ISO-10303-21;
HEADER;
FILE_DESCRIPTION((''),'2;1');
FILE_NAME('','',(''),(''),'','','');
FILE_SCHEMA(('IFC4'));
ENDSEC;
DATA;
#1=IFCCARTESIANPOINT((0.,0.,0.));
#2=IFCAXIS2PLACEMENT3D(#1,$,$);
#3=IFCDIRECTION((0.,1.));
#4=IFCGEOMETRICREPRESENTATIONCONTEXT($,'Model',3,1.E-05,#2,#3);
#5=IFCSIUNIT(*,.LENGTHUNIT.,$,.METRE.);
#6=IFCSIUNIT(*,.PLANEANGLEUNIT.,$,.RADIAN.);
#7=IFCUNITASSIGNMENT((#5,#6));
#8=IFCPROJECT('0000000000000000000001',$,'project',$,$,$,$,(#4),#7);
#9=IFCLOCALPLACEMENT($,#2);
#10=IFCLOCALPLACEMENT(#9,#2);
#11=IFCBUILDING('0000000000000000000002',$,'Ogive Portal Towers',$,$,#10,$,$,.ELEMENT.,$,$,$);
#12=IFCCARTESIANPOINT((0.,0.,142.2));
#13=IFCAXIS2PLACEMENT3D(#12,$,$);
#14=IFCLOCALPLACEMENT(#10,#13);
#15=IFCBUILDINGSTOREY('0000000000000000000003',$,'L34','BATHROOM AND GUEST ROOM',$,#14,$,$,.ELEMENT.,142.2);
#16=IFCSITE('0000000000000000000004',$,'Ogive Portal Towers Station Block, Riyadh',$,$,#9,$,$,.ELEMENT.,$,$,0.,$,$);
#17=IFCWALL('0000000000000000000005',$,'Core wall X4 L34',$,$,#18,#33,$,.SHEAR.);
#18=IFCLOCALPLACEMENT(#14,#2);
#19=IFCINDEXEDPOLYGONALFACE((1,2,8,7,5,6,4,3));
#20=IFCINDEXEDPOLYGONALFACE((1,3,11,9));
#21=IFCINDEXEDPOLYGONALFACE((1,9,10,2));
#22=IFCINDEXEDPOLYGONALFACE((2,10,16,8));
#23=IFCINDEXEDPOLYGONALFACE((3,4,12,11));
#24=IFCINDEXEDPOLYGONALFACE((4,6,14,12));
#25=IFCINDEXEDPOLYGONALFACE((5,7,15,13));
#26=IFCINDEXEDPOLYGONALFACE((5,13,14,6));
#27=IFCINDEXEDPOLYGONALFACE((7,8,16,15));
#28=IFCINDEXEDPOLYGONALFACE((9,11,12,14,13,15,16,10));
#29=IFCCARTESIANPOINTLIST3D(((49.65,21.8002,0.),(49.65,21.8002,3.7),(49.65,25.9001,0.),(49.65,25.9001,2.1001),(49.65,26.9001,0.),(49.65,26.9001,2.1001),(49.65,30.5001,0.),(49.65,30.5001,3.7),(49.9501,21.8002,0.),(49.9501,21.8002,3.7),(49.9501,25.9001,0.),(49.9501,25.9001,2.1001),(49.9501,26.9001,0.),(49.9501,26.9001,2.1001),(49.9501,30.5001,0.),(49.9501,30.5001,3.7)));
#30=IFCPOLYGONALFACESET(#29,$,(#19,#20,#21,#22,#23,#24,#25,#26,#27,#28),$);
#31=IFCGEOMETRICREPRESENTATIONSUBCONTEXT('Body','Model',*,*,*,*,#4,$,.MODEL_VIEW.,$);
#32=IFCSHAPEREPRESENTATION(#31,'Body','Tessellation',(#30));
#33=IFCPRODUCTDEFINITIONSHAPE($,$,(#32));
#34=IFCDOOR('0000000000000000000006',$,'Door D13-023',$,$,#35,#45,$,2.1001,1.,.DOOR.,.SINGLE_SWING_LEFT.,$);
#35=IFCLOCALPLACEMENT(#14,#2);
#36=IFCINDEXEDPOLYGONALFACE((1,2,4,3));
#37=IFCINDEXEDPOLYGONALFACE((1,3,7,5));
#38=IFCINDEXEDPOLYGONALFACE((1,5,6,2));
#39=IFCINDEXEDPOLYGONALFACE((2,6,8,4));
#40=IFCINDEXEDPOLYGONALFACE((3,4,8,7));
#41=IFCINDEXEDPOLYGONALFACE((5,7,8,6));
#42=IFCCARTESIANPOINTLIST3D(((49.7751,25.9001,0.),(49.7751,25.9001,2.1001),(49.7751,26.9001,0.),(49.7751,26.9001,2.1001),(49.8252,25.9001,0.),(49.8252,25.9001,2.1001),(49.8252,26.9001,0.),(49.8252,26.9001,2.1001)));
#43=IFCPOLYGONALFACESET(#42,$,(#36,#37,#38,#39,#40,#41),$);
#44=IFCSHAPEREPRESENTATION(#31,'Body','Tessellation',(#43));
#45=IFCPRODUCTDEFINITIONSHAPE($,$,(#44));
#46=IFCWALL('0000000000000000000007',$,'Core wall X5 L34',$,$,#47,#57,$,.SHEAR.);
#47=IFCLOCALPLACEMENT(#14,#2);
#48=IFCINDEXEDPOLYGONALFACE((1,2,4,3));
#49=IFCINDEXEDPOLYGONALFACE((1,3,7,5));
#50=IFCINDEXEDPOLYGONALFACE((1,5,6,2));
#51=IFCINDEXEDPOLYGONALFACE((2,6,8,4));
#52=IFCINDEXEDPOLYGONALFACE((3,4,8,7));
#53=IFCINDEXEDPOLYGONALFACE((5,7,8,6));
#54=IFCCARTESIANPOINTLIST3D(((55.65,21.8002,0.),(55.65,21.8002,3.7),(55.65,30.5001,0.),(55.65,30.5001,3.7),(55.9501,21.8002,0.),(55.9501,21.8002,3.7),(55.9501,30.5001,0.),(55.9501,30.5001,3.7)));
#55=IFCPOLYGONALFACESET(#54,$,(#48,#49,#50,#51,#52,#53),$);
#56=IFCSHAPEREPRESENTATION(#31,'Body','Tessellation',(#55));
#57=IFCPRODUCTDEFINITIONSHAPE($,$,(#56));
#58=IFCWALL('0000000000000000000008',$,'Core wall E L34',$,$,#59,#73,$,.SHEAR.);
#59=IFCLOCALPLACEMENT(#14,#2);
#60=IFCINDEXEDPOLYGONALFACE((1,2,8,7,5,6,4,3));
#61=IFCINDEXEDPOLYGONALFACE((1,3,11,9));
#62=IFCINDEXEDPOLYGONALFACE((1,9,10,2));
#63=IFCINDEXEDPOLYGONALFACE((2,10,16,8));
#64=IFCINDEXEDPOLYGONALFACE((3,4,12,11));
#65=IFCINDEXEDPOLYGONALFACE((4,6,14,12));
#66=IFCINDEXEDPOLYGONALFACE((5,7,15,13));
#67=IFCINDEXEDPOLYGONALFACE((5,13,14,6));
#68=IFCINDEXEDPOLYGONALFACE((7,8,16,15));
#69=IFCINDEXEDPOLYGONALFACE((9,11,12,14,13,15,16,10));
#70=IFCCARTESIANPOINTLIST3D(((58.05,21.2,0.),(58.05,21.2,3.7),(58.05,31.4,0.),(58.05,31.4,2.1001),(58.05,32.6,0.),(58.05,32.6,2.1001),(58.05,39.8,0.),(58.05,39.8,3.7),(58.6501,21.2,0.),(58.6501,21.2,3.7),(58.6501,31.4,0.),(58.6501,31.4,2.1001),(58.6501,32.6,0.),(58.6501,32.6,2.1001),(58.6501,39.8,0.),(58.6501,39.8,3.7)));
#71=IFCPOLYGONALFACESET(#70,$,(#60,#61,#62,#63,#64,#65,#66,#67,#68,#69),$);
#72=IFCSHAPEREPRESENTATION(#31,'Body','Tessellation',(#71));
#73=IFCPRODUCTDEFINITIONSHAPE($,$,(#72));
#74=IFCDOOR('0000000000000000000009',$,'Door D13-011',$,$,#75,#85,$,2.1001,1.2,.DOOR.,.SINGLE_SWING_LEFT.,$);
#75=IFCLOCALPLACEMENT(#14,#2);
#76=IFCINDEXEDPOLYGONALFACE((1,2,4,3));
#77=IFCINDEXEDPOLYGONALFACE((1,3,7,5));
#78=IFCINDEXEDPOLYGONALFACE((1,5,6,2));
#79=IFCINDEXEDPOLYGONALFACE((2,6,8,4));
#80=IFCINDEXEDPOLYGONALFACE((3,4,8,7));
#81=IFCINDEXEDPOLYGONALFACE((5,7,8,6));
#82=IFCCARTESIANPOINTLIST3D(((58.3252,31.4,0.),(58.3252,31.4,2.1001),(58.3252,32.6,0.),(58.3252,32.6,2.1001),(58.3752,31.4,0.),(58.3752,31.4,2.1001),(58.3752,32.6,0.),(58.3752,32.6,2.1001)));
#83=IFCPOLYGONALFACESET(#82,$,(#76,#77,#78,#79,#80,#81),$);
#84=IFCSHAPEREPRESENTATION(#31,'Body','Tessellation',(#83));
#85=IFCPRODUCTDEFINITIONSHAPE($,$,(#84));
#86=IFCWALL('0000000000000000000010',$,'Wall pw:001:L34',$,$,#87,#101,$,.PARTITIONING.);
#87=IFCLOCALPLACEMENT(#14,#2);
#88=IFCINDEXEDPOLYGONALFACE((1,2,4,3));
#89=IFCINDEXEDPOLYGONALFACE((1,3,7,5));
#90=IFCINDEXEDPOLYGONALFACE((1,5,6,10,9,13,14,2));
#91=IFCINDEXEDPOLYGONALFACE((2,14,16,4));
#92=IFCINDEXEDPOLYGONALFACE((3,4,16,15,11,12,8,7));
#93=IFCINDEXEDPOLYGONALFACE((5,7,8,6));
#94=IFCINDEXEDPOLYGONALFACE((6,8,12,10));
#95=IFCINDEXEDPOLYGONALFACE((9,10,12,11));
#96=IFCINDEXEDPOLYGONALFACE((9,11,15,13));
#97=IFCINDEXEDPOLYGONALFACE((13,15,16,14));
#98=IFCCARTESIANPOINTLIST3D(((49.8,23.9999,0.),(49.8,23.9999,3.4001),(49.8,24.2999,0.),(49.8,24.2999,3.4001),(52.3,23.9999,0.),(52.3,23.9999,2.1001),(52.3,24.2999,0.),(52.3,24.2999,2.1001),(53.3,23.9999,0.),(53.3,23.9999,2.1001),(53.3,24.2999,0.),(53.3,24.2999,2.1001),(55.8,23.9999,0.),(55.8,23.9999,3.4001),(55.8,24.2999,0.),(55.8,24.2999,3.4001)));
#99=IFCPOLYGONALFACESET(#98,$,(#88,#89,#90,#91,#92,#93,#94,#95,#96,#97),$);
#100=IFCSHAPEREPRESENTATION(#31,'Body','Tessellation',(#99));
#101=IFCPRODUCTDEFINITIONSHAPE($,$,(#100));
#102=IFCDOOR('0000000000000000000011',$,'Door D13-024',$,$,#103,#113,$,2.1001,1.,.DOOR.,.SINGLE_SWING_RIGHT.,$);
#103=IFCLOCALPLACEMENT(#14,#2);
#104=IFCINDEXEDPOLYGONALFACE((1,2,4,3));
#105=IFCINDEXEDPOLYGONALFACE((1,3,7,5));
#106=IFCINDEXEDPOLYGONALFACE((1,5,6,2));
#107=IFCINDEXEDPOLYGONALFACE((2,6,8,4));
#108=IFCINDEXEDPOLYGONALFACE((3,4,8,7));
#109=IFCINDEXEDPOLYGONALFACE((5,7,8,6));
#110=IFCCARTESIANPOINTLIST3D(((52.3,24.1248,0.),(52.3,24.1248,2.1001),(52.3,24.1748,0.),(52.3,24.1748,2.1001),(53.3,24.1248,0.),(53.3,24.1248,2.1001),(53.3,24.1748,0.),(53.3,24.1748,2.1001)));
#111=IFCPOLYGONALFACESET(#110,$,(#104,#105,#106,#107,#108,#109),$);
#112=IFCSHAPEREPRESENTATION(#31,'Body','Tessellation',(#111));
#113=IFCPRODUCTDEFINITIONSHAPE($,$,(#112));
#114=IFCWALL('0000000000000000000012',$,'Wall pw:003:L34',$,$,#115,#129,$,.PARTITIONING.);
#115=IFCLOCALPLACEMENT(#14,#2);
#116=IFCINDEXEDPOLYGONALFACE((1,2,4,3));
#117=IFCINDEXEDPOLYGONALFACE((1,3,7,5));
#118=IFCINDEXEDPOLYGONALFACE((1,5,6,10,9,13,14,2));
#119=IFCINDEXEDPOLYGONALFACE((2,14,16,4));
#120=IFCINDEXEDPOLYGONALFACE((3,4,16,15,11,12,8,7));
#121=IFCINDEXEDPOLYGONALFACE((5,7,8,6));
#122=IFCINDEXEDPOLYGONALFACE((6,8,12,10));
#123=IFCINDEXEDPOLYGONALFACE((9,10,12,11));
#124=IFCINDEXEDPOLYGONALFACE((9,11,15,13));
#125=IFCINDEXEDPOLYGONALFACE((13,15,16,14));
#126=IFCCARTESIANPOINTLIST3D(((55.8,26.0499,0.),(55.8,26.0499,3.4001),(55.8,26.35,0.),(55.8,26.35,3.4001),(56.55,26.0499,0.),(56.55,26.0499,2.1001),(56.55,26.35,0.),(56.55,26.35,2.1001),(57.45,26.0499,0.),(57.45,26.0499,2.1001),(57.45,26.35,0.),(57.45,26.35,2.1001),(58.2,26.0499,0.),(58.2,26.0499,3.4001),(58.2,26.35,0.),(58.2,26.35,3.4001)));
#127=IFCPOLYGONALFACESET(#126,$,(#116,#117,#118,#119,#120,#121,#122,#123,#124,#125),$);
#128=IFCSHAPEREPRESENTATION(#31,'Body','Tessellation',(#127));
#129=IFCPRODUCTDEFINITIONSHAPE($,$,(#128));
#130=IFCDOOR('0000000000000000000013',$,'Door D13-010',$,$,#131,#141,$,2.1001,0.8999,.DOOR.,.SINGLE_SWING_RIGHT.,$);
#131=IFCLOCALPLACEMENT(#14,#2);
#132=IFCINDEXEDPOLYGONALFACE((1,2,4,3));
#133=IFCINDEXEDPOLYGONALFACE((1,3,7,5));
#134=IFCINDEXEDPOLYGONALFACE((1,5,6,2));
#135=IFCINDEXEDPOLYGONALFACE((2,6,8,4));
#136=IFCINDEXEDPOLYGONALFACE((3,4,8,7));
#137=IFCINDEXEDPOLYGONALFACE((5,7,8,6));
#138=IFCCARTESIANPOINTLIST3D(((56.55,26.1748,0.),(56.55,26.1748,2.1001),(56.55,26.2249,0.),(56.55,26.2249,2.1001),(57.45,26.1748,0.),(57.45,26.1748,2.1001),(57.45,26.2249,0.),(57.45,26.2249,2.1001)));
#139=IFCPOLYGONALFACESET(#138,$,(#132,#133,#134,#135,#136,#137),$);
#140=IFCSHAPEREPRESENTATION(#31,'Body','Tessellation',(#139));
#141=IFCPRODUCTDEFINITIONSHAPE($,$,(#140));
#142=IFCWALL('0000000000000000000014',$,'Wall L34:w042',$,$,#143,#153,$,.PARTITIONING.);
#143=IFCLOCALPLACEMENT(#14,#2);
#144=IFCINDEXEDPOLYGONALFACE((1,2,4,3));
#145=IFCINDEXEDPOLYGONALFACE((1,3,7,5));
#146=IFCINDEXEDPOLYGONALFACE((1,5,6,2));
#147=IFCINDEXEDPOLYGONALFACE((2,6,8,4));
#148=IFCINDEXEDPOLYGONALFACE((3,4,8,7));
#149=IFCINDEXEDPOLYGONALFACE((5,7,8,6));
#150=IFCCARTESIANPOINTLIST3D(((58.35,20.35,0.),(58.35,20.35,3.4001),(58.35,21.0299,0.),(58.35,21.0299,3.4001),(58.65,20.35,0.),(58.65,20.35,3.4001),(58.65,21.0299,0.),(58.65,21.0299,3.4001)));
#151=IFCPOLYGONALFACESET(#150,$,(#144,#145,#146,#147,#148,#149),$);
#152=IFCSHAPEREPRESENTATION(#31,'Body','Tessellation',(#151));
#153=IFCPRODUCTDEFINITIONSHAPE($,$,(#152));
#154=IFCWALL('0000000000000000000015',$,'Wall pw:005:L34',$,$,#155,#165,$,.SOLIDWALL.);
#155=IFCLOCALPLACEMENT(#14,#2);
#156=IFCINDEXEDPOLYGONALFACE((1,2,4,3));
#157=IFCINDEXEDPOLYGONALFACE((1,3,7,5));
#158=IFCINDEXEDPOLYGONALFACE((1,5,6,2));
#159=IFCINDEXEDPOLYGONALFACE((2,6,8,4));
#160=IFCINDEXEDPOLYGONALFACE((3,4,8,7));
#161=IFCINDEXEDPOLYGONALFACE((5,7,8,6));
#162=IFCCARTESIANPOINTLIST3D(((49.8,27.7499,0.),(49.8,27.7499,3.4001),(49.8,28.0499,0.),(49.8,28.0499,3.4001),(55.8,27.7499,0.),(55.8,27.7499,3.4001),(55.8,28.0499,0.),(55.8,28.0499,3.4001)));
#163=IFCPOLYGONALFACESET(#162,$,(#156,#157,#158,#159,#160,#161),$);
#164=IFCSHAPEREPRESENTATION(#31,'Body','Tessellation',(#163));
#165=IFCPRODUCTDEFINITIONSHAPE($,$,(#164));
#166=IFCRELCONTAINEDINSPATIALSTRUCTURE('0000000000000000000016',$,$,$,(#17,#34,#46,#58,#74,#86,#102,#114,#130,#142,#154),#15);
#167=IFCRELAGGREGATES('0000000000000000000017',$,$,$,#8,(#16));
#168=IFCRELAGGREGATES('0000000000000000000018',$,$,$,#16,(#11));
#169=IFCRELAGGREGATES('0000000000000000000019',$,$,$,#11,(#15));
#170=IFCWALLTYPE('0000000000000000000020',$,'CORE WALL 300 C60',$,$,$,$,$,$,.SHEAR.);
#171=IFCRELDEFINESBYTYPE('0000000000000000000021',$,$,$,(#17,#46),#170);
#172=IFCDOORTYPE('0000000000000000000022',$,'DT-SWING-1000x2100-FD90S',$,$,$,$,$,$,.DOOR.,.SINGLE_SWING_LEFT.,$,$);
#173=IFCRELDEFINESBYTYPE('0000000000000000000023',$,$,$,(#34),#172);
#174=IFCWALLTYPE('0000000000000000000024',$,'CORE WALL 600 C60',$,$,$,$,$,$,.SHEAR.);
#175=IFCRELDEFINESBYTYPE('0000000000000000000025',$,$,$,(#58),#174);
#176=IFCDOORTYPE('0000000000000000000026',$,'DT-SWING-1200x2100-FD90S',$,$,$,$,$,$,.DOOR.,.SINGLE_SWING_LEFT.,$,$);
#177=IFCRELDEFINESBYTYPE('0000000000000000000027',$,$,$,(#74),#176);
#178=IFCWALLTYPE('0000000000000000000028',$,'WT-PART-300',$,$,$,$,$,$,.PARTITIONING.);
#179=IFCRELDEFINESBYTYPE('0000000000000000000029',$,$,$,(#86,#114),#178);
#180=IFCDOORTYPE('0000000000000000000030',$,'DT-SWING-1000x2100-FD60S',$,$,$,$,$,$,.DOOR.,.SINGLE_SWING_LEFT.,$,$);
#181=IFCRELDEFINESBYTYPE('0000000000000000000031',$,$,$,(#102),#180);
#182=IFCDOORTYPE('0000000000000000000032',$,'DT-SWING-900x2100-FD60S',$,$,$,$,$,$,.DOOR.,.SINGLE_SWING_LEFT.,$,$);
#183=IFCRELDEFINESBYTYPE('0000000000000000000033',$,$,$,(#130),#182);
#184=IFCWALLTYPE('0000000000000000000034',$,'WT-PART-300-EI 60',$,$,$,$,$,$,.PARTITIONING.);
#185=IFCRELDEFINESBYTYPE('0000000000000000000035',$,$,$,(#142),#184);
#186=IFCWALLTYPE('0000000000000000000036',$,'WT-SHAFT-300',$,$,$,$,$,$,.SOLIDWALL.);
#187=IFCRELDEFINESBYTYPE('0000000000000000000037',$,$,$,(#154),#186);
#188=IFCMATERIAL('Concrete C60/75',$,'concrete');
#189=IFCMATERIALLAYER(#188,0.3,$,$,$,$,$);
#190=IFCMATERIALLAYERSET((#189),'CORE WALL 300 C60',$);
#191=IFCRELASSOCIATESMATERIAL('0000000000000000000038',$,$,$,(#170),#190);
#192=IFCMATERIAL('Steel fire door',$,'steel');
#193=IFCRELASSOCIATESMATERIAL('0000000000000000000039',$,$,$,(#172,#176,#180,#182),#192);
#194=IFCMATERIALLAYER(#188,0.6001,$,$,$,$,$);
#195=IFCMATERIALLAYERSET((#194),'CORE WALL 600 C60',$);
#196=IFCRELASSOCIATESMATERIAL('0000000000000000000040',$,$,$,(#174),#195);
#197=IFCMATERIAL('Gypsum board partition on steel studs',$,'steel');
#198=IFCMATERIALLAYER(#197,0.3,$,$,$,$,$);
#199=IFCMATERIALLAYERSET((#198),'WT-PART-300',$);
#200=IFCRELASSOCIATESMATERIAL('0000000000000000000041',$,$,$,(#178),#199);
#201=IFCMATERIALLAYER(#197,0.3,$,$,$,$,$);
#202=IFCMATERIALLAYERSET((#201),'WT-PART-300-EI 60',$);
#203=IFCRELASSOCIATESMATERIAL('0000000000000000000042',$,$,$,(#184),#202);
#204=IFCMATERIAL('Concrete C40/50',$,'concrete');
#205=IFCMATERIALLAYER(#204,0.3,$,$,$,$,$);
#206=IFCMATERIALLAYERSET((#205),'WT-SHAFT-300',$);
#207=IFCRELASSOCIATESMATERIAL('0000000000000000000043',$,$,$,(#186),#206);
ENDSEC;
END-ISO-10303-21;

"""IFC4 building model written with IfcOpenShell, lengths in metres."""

from ifc_helpers import new_model, si_unit, direction, frame, frame_2d, origin, place, context, subcontext, project, spatial, rectangle, extrude, material, layer, layer_set, type_object, element, fill, save


model = new_model("IFC4")

# Units and contexts
model_context = context("Model", 3, precision=1e-05, world=origin(), true_north=direction((0.0, 1.0)))
body_context = subcontext(model_context, "Body", "Model", "MODEL_VIEW")
ifc_project = project(units=[si_unit("LENGTHUNIT", "METRE"), si_unit("PLANEANGLEUNIT", "RADIAN")], contexts=[model_context])

# Site, building, storey
site_placement = place(None, origin())
site = spatial("IfcSite", under=ifc_project, at=site_placement, Name="Ogive Portal Towers Station Block, Riyadh", CompositionType="ELEMENT", RefElevation=0.0)
building_placement = place(site_placement, origin())
building = spatial("IfcBuilding", under=site, at=building_placement, Name="Ogive Portal Towers", CompositionType="ELEMENT")
storey_placement = place(building_placement, frame((0.0, 0.0, 142.2)))
storey = spatial("IfcBuildingStorey", under=building, at=storey_placement, Name="L34", Description="BATHROOM AND GUEST ROOM", CompositionType="ELEMENT", Elevation=142.2)

# Wall, opening, door
ifc_material_1 = material(Name="Concrete C60/75", Category="concrete")
ifc_layer_1 = layer(ifc_material_1, 0.3)
ifc_layer_set_1 = layer_set([ifc_layer_1], Name="CORE WALL 300 C60")
wall_type_1 = type_object("IfcWallType", Name="CORE WALL 300 C60", PredefinedType="SHEAR", material=ifc_layer_set_1)
wall_1_placement = place(storey_placement, frame((49.8, 21.8, 0.0), z_axis=(0.0, 0.0, 1.0), x_axis=(0.0, 1.0, 0.0)))
wall_1 = element("IfcWall", 1, at=wall_1_placement, inside=storey, type_object=wall_type_1, Name="Core wall X4 L34", PredefinedType="SHEAR", context=body_context, shape_type="SweptSolid", body=[
    extrude(rectangle(XDim=8.7, YDim=0.3, at=frame_2d((4.3501, 0.0))), origin(), (0.0, 0.0, 1.0), 3.7),
])
opening_1_placement = place(wall_1_placement, frame((4.1001, 0.0, 0.0)))
opening_1 = element("IfcOpeningElement", 2, at=opening_1_placement, cuts=wall_1, PredefinedType="OPENING", context=body_context, shape_type="SweptSolid", body=[
    extrude(rectangle(XDim=1.0, YDim=2.1001, at=frame_2d((0.5, 1.05))), frame((0.0, 0.1602, 0.0), z_axis=(0.0, -1.0, 0.0), x_axis=(1.0, 0.0, 0.0)), (0.0, 0.0, 1.0), 0.3201),
])
ifc_material_2 = material(Name="Steel fire door", Category="steel")
door_type_1 = type_object("IfcDoorType", Name="DT-SWING-1000x2100-FD90S", OperationType="SINGLE_SWING_LEFT", PredefinedType="DOOR", material=ifc_material_2)
door_1_placement = place(opening_1_placement, origin())
door_1 = element("IfcDoor", 3, at=door_1_placement, inside=storey, type_object=door_type_1, Name="Door D13-023", OperationType="SINGLE_SWING_LEFT", OverallHeight=2.1001, OverallWidth=1.0, PredefinedType="DOOR", context=body_context, shape_type="SweptSolid", body=[
    extrude(rectangle(XDim=1.0, YDim=2.1001, at=frame_2d((0.5, 1.05))), frame((0.0, 0.0249, 0.0), z_axis=(0.0, -1.0, 0.0), x_axis=(1.0, 0.0, 0.0)), (0.0, 0.0, 1.0), 0.05),
])
fill(opening_1, door_1)

# Wall
wall_2_placement = place(storey_placement, frame((55.8, 21.8, 0.0), z_axis=(0.0, 0.0, 1.0), x_axis=(0.0, 1.0, 0.0)))
element("IfcWall", 4, at=wall_2_placement, inside=storey, type_object=wall_type_1, Name="Core wall X5 L34", PredefinedType="SHEAR", context=body_context, shape_type="SweptSolid", body=[
    extrude(rectangle(XDim=8.7, YDim=0.3, at=frame_2d((4.3501, 0.0))), origin(), (0.0, 0.0, 1.0), 3.7),
])

# Walls, openings, doors
ifc_layer_2 = layer(ifc_material_1, 0.6001)
ifc_layer_set_2 = layer_set([ifc_layer_2], Name="CORE WALL 600 C60")
wall_type_2 = type_object("IfcWallType", Name="CORE WALL 600 C60", PredefinedType="SHEAR", material=ifc_layer_set_2)
wall_3_placement = place(storey_placement, frame((58.3501, 21.2, 0.0), z_axis=(0.0, 0.0, 1.0), x_axis=(0.0, 1.0, 0.0)))
wall_3 = element("IfcWall", 5, at=wall_3_placement, inside=storey, type_object=wall_type_2, Name="Core wall E L34", PredefinedType="SHEAR", context=body_context, shape_type="SweptSolid", body=[
    extrude(rectangle(XDim=18.6001, YDim=0.6001, at=frame_2d((9.3, 0.0))), origin(), (0.0, 0.0, 1.0), 3.7),
])
opening_2_placement = place(wall_3_placement, frame((10.2, 0.0, 0.0)))
opening_2 = element("IfcOpeningElement", 6, at=opening_2_placement, cuts=wall_3, PredefinedType="OPENING", context=body_context, shape_type="SweptSolid", body=[
    extrude(rectangle(XDim=1.2, YDim=2.1001, at=frame_2d((0.6001, 1.05))), frame((0.0, 0.3101, 0.0), z_axis=(0.0, -1.0, 0.0), x_axis=(1.0, 0.0, 0.0)), (0.0, 0.0, 1.0), 0.6201),
])
door_type_2 = type_object("IfcDoorType", Name="DT-SWING-1200x2100-FD90S", OperationType="SINGLE_SWING_LEFT", PredefinedType="DOOR", material=ifc_material_2)
door_2_placement = place(opening_2_placement, origin())
door_2 = element("IfcDoor", 7, at=door_2_placement, inside=storey, type_object=door_type_2, Name="Door D13-011", OperationType="SINGLE_SWING_LEFT", OverallHeight=2.1001, OverallWidth=1.2, PredefinedType="DOOR", context=body_context, shape_type="SweptSolid", body=[
    extrude(rectangle(XDim=1.2, YDim=2.1001, at=frame_2d((0.6001, 1.05))), frame((0.0, 0.0249, 0.0), z_axis=(0.0, -1.0, 0.0), x_axis=(1.0, 0.0, 0.0)), (0.0, 0.0, 1.0), 0.05),
])
fill(opening_2, door_2)
ifc_material_3 = material(Name="Gypsum board partition on steel studs", Category="steel")
ifc_layer_3 = layer(ifc_material_3, 0.3)
ifc_layer_set_3 = layer_set([ifc_layer_3], Name="WT-PART-300")
wall_type_3 = type_object("IfcWallType", Name="WT-PART-300", PredefinedType="PARTITIONING", material=ifc_layer_set_3)
wall_4_placement = place(storey_placement, frame((49.8, 24.1499, 0.0), z_axis=(0.0, 0.0, 1.0), x_axis=(1.0, 0.0, 0.0)))
wall_4 = element("IfcWall", 8, at=wall_4_placement, inside=storey, type_object=wall_type_3, Name="Wall pw:001:L34", PredefinedType="PARTITIONING", context=body_context, shape_type="SweptSolid", body=[
    extrude(rectangle(XDim=6.0, YDim=0.3, at=frame_2d((3.0, 0.0))), origin(), (0.0, 0.0, 1.0), 3.4001),
])
opening_3_placement = place(wall_4_placement, frame((2.5, 0.0, 0.0)))
opening_3 = element("IfcOpeningElement", 9, at=opening_3_placement, cuts=wall_4, PredefinedType="OPENING", context=body_context, shape_type="SweptSolid", body=[
    extrude(rectangle(XDim=1.0, YDim=2.1001, at=frame_2d((0.5, 1.05))), frame((0.0, 0.1602, 0.0), z_axis=(0.0, -1.0, 0.0), x_axis=(1.0, 0.0, 0.0)), (0.0, 0.0, 1.0), 0.3201),
])
door_type_3 = type_object("IfcDoorType", Name="DT-SWING-1000x2100-FD60S", OperationType="SINGLE_SWING_LEFT", PredefinedType="DOOR", material=ifc_material_2)
door_3_placement = place(opening_3_placement, origin())
door_3 = element("IfcDoor", 10, at=door_3_placement, inside=storey, type_object=door_type_3, Name="Door D13-024", OperationType="SINGLE_SWING_RIGHT", OverallHeight=2.1001, OverallWidth=1.0, PredefinedType="DOOR", context=body_context, shape_type="SweptSolid", body=[
    extrude(rectangle(XDim=1.0, YDim=2.1001, at=frame_2d((0.5, 1.05))), frame((0.0, 0.0249, 0.0), z_axis=(0.0, -1.0, 0.0), x_axis=(1.0, 0.0, 0.0)), (0.0, 0.0, 1.0), 0.05),
])
fill(opening_3, door_3)
wall_5_placement = place(storey_placement, frame((55.8, 26.2, 0.0), z_axis=(0.0, 0.0, 1.0), x_axis=(1.0, 0.0, 0.0)))
wall_5 = element("IfcWall", 11, at=wall_5_placement, inside=storey, type_object=wall_type_3, Name="Wall pw:003:L34", PredefinedType="PARTITIONING", context=body_context, shape_type="SweptSolid", body=[
    extrude(rectangle(XDim=2.3999, YDim=0.3, at=frame_2d((1.2, 0.0))), origin(), (0.0, 0.0, 1.0), 3.4001),
])
opening_4_placement = place(wall_5_placement, frame((0.75, 0.0, 0.0)))
opening_4 = element("IfcOpeningElement", 12, at=opening_4_placement, cuts=wall_5, PredefinedType="OPENING", context=body_context, shape_type="SweptSolid", body=[
    extrude(rectangle(XDim=0.8999, YDim=2.1001, at=frame_2d((0.45, 1.05))), frame((0.0, 0.1602, 0.0), z_axis=(0.0, -1.0, 0.0), x_axis=(1.0, 0.0, 0.0)), (0.0, 0.0, 1.0), 0.3201),
])
door_type_4 = type_object("IfcDoorType", Name="DT-SWING-900x2100-FD60S", OperationType="SINGLE_SWING_LEFT", PredefinedType="DOOR", material=ifc_material_2)
door_4_placement = place(opening_4_placement, origin())
door_4 = element("IfcDoor", 13, at=door_4_placement, inside=storey, type_object=door_type_4, Name="Door D13-010", OperationType="SINGLE_SWING_RIGHT", OverallHeight=2.1001, OverallWidth=0.8999, PredefinedType="DOOR", context=body_context, shape_type="SweptSolid", body=[
    extrude(rectangle(XDim=0.8999, YDim=2.1001, at=frame_2d((0.45, 1.05))), frame((0.0, 0.0249, 0.0), z_axis=(0.0, -1.0, 0.0), x_axis=(1.0, 0.0, 0.0)), (0.0, 0.0, 1.0), 0.05),
])
fill(opening_4, door_4)

# Walls
ifc_layer_4 = layer(ifc_material_3, 0.3)
ifc_layer_set_4 = layer_set([ifc_layer_4], Name="WT-PART-300-EI 60")
wall_type_4 = type_object("IfcWallType", Name="WT-PART-300-EI 60", PredefinedType="PARTITIONING", material=ifc_layer_set_4)
wall_6_placement = place(storey_placement, frame((58.5, 20.3501, 0.0), z_axis=(0.0, 0.0, 1.0), x_axis=(0.0, 1.0, 0.0)))
element("IfcWall", 14, at=wall_6_placement, inside=storey, type_object=wall_type_4, Name="Wall L34:w042", PredefinedType="PARTITIONING", context=body_context, shape_type="SweptSolid", body=[
    extrude(rectangle(XDim=0.6799, YDim=0.3, at=frame_2d((0.3398, 0.0))), origin(), (0.0, 0.0, 1.0), 3.4001),
])
ifc_material_4 = material(Name="Concrete C40/50", Category="concrete")
ifc_layer_5 = layer(ifc_material_4, 0.3)
ifc_layer_set_5 = layer_set([ifc_layer_5], Name="WT-SHAFT-300")
wall_type_5 = type_object("IfcWallType", Name="WT-SHAFT-300", PredefinedType="SOLIDWALL", material=ifc_layer_set_5)
wall_7_placement = place(storey_placement, frame((49.8, 27.8999, 0.0), z_axis=(0.0, 0.0, 1.0), x_axis=(1.0, 0.0, 0.0)))
element("IfcWall", 15, at=wall_7_placement, inside=storey, type_object=wall_type_5, Name="Wall pw:005:L34", PredefinedType="SOLIDWALL", context=body_context, shape_type="SweptSolid", body=[
    extrude(rectangle(XDim=6.0, YDim=0.3, at=frame_2d((3.0, 0.0))), origin(), (0.0, 0.0, 1.0), 3.4001),
])

save(model, "model.ifc")
